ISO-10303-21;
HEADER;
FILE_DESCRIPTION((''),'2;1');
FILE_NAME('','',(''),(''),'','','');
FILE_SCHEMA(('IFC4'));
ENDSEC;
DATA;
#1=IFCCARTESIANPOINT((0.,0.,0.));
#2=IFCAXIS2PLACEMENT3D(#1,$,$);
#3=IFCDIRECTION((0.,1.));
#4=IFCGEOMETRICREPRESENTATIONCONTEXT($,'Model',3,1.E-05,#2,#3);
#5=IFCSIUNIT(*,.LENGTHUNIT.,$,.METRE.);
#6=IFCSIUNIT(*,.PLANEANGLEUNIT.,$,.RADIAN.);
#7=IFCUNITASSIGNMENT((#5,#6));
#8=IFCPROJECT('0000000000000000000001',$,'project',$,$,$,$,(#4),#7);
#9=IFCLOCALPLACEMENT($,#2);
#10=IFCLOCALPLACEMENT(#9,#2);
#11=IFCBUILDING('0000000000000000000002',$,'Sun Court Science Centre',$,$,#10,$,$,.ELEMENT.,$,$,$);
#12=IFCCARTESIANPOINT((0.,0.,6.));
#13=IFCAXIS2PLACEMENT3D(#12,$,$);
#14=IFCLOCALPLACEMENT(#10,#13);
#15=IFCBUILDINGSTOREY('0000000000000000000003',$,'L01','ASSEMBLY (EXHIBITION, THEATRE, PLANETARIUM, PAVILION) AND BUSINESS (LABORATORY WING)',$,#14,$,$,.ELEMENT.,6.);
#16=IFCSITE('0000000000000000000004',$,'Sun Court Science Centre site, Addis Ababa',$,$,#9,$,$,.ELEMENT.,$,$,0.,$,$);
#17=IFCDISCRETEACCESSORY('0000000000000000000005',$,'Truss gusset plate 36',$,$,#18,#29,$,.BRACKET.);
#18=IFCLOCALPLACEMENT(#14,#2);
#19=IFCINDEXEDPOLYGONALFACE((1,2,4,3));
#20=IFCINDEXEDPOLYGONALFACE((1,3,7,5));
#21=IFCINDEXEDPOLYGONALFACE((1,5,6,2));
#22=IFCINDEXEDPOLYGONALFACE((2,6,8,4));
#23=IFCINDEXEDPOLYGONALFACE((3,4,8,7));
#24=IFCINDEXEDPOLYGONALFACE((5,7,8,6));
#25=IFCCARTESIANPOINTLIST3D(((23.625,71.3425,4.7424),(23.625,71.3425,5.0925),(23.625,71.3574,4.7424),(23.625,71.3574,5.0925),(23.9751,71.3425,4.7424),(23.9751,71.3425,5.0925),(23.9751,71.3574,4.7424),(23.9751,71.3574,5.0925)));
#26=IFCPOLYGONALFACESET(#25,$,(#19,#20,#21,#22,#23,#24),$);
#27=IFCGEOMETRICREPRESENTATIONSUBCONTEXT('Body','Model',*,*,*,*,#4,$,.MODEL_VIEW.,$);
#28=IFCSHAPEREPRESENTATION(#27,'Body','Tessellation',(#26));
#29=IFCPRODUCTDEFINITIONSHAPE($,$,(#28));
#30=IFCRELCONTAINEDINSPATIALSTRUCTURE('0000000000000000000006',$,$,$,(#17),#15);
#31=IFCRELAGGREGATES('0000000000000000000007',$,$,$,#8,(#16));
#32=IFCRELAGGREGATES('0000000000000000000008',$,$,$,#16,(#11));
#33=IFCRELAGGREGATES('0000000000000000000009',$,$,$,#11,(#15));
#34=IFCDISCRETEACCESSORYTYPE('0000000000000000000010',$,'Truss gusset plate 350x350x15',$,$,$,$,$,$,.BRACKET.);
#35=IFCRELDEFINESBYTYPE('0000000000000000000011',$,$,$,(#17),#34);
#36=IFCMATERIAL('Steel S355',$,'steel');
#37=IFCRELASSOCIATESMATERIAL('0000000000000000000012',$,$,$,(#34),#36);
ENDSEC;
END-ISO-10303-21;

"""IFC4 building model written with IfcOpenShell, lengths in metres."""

from ifc_helpers import new_model, si_unit, direction, frame, origin, origin_2d, place, context, subcontext, project, spatial, rectangle, extrude, material, material_profile, profile_set, type_object, element, save


model = new_model("IFC4")

# Units and contexts
model_context = context("Model", 3, precision=1e-05, world=origin(), true_north=direction((0.0, 1.0)))
body_context = subcontext(model_context, "Body", "Model", "MODEL_VIEW")
ifc_project = project(units=[si_unit("LENGTHUNIT", "METRE"), si_unit("PLANEANGLEUNIT", "RADIAN")], contexts=[model_context])

# Site, building, storey
site_placement = place(None, origin())
site = spatial("IfcSite", under=ifc_project, at=site_placement, Name="Sun Court Science Centre site, Addis Ababa", CompositionType="ELEMENT", RefElevation=0.0)
building_placement = place(site_placement, origin())
building = spatial("IfcBuilding", under=site, at=building_placement, Name="Sun Court Science Centre", CompositionType="ELEMENT")
storey_placement = place(building_placement, frame((0.0, 0.0, 6.0)))
storey = spatial("IfcBuildingStorey", under=building, at=storey_placement, Name="L01", Description="ASSEMBLY (EXHIBITION, THEATRE, PLANETARIUM, PAVILION) AND BUSINESS (LABORATORY WING)", CompositionType="ELEMENT", Elevation=6.0)

# Discrete accessory
ifc_material_1 = material(Name="Steel S355", Category="steel")
ifc_material_profile_1 = material_profile(ifc_material_1, rectangle(XDim=0.3501, YDim=0.3501, at=origin_2d()), Name="PL 350x350")
ifc_profile_set_1 = profile_set([ifc_material_profile_1], Name="Steel S355")
discrete_accessory_type_1 = type_object("IfcDiscreteAccessoryType", Name="Truss gusset plate 350x350x15", PredefinedType="BRACKET", material=ifc_profile_set_1)
for number, where, z_axis, x_axis, name in (
    (1, (23.8, 71.3425, 4.9175), (0.0, 1.0, 0.0), (-1.0, 0.0, 0.0), "Truss gusset plate 36"),
):
    element("IfcDiscreteAccessory", number, at=place(storey_placement, frame(where, z_axis=z_axis, x_axis=x_axis)), inside=storey, type_object=discrete_accessory_type_1, Name=name, PredefinedType="BRACKET", context=body_context, shape_type="SweptSolid", body=[
        extrude(rectangle(XDim=0.3501, YDim=0.3501, at=origin_2d()), origin(), (0.0, 0.0, 1.0), 0.0149),
    ])

save(model, "model.ifc")
